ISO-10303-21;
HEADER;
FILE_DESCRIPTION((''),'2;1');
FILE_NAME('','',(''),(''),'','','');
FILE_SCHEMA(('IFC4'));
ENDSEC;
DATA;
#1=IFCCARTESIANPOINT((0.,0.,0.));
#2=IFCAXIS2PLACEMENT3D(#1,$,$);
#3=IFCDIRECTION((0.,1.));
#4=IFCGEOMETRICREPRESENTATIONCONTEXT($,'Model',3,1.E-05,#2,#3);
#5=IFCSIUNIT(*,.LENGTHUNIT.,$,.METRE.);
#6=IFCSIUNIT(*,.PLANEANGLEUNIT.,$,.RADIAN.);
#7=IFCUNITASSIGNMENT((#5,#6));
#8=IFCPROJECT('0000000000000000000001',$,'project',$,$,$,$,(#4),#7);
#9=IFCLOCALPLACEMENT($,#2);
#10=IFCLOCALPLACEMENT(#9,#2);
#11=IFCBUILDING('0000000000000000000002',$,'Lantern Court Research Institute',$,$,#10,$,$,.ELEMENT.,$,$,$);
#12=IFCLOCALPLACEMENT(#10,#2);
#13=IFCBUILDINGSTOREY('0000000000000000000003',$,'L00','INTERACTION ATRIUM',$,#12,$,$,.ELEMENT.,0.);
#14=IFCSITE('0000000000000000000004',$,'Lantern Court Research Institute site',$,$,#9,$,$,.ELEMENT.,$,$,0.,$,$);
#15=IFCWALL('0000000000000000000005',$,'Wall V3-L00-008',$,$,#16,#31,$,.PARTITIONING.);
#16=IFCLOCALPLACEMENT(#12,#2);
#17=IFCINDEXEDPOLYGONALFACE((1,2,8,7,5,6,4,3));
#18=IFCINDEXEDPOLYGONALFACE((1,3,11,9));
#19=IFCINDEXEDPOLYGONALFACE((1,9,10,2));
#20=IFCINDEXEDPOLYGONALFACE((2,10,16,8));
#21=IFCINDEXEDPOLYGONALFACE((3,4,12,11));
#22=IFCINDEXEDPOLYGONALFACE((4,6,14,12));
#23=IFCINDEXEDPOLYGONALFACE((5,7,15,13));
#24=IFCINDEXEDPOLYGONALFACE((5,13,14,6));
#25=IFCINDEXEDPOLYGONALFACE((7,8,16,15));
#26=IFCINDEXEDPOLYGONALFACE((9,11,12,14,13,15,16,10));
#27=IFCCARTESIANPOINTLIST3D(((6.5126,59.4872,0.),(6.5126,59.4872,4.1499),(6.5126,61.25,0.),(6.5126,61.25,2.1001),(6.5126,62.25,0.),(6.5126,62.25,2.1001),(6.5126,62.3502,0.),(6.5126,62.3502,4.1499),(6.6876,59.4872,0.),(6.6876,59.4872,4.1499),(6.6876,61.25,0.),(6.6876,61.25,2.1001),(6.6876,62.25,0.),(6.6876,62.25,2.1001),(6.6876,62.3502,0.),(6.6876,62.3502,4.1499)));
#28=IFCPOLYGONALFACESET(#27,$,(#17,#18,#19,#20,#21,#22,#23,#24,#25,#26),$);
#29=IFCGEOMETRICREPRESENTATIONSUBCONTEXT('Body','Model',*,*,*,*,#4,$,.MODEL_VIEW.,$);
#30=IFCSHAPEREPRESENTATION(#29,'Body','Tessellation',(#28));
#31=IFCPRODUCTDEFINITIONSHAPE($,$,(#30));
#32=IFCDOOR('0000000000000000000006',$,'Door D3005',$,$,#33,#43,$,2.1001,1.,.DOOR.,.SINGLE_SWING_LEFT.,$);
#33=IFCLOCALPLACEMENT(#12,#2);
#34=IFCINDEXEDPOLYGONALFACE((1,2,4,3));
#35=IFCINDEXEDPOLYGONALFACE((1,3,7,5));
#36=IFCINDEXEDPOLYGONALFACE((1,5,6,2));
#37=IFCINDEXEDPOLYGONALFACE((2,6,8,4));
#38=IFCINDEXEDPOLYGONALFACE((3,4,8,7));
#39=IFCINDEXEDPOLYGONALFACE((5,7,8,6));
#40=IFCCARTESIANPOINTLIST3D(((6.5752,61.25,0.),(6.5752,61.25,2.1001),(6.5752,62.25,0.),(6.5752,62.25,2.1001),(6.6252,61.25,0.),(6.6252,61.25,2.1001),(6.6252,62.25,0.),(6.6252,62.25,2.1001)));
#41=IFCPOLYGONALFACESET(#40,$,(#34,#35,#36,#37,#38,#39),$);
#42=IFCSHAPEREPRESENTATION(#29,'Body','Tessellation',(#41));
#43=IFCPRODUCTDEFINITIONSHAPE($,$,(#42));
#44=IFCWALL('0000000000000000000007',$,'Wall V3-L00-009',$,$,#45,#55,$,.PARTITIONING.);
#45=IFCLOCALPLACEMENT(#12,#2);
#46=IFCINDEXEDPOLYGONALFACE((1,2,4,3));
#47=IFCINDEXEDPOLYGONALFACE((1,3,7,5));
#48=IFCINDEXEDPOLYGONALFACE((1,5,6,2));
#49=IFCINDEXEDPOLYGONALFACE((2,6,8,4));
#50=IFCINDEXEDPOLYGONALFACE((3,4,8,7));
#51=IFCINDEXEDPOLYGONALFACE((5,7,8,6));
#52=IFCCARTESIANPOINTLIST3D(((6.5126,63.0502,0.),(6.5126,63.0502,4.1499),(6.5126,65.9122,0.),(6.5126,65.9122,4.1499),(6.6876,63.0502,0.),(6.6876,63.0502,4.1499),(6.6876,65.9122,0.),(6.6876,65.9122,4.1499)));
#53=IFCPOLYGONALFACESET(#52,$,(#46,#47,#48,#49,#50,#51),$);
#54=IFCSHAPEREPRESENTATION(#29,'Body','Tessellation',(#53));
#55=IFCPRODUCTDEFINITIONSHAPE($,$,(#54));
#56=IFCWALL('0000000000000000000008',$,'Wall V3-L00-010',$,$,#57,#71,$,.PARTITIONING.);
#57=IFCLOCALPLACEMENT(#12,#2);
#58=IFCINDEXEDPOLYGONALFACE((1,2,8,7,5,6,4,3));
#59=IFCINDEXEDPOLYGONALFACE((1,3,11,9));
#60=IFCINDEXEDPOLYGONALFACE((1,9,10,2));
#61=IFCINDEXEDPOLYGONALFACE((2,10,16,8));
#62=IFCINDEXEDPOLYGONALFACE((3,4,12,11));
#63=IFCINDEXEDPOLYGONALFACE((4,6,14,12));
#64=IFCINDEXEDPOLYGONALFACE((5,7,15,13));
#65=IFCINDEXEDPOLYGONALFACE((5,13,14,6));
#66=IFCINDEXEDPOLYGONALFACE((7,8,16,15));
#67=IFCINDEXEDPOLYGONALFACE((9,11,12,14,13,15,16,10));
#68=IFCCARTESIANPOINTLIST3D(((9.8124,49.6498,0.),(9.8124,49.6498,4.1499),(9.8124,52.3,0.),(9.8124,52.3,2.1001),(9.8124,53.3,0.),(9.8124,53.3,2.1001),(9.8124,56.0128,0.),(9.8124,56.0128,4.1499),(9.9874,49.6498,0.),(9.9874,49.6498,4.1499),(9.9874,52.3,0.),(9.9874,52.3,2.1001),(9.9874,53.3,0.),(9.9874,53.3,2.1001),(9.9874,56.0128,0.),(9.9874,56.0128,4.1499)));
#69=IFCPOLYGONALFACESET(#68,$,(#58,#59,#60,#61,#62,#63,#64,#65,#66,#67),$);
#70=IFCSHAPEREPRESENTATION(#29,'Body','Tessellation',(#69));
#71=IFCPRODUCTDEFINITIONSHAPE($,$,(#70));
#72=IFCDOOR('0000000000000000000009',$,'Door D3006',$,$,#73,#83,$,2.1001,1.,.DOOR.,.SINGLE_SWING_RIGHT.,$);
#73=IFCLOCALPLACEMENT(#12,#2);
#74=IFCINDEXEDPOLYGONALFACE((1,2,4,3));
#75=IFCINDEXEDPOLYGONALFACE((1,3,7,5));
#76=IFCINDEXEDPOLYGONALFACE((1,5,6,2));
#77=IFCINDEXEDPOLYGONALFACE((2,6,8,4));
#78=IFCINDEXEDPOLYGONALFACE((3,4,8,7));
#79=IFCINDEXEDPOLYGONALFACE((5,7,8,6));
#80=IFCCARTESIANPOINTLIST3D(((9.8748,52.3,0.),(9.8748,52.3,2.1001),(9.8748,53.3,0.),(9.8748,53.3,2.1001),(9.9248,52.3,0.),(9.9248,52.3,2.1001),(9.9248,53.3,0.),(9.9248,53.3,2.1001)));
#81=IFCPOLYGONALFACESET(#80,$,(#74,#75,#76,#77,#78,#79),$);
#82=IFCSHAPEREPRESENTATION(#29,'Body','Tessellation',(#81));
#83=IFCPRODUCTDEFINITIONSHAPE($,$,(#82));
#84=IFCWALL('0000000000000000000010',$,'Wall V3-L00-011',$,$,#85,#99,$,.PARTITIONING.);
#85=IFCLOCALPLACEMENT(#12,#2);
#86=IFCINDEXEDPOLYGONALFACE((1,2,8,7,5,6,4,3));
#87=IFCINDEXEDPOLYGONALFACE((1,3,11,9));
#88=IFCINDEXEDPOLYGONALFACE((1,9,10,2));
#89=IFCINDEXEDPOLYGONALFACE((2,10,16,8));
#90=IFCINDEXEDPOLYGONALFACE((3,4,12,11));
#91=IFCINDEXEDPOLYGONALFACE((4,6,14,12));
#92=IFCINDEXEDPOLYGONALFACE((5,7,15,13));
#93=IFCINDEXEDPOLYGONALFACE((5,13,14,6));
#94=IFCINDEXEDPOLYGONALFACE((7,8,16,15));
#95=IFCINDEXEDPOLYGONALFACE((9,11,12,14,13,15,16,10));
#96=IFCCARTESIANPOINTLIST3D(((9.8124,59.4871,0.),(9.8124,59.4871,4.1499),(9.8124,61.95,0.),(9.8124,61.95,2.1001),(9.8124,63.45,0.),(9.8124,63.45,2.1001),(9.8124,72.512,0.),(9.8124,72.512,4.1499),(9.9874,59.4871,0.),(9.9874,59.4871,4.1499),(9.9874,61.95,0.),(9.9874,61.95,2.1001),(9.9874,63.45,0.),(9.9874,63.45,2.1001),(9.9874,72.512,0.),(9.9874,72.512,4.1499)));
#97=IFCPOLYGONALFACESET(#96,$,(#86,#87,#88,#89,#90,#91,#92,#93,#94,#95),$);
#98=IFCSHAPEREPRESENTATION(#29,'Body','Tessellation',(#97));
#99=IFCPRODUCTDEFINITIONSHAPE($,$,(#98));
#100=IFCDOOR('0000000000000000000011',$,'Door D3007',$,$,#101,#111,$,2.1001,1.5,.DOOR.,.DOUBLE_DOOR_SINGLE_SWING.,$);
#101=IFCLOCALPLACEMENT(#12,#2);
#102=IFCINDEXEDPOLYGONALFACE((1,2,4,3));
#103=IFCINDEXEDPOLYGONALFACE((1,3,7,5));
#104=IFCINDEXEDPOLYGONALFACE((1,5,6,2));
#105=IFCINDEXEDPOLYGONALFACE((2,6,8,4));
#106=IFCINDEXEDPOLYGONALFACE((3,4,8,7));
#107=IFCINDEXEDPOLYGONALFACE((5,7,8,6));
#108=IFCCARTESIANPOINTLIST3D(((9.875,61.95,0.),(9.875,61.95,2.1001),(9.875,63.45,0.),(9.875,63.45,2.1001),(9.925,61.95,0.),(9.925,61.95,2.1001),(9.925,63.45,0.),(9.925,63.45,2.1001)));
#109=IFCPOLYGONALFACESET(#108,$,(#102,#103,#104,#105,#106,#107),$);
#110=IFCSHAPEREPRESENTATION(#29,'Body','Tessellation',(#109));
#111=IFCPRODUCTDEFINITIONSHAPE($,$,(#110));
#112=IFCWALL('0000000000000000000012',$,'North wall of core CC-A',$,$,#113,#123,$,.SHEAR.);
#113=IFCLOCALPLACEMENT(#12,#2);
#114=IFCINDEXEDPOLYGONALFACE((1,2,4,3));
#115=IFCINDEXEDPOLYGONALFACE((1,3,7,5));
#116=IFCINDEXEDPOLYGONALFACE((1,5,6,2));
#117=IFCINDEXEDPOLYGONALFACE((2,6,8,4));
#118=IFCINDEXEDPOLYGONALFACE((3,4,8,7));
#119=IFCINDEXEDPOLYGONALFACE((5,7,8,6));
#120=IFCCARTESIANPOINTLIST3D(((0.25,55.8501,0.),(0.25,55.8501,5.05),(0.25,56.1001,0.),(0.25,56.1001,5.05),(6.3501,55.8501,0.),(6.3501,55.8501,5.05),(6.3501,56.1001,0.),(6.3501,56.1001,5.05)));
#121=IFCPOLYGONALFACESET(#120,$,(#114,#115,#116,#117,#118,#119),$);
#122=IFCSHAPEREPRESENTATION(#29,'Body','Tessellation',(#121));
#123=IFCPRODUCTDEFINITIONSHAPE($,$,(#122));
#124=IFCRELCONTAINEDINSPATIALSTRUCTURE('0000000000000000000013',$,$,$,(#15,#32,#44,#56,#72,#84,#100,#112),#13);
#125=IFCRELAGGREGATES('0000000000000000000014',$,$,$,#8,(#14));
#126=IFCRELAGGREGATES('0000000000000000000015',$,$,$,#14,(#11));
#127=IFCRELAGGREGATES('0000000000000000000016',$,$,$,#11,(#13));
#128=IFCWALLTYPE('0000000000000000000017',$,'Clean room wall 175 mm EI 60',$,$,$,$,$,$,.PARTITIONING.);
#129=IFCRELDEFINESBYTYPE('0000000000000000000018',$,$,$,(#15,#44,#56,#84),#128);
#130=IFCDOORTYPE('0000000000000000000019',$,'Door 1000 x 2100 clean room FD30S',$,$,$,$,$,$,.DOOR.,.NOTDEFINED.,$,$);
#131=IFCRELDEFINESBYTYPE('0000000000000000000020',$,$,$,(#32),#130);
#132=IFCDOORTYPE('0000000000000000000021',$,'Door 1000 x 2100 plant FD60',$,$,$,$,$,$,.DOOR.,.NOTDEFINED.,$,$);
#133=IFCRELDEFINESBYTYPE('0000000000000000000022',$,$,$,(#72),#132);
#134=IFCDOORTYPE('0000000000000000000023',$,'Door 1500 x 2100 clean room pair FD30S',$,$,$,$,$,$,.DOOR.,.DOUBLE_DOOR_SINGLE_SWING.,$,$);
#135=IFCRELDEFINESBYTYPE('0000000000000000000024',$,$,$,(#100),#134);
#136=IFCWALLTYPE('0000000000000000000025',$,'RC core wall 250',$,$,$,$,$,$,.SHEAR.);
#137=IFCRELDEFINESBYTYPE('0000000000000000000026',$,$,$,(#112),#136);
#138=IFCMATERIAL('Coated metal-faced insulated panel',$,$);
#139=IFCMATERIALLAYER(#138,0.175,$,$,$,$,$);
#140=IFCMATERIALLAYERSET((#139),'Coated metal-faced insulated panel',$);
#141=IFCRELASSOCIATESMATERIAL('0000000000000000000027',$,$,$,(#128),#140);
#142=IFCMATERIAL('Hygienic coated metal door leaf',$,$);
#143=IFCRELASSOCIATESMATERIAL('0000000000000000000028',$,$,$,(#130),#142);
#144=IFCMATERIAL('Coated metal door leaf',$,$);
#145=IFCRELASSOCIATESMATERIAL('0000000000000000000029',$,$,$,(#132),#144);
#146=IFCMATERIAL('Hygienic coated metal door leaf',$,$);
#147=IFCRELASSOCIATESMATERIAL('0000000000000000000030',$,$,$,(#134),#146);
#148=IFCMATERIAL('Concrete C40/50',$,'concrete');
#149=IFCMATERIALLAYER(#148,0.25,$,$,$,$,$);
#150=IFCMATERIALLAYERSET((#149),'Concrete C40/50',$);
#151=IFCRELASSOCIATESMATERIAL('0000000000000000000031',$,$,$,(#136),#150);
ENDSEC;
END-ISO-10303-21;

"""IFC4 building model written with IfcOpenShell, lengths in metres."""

from ifc_helpers import new_model, si_unit, direction, frame, frame_2d, origin, place, context, subcontext, project, spatial, rectangle, extrude, material, layer, layer_set, type_object, element, fill, save


model = new_model("IFC4")

# Units and contexts
model_context = context("Model", 3, precision=1e-05, world=origin(), true_north=direction((0.0, 1.0)))
body_context = subcontext(model_context, "Body", "Model", "MODEL_VIEW")
ifc_project = project(units=[si_unit("LENGTHUNIT", "METRE"), si_unit("PLANEANGLEUNIT", "RADIAN")], contexts=[model_context])

# Site, building, storey
site_placement = place(None, origin())
site = spatial("IfcSite", under=ifc_project, at=site_placement, Name="Lantern Court Research Institute site", CompositionType="ELEMENT", RefElevation=0.0)
building_placement = place(site_placement, origin())
building = spatial("IfcBuilding", under=site, at=building_placement, Name="Lantern Court Research Institute", CompositionType="ELEMENT")
storey_placement = place(building_placement, origin())
storey = spatial("IfcBuildingStorey", under=building, at=storey_placement, Name="L00", Description="INTERACTION ATRIUM", CompositionType="ELEMENT", Elevation=0.0)

# Shared definitions
ifc_material_1 = material(Name="Coated metal-faced insulated panel")
ifc_layer_1 = layer(ifc_material_1, 0.175)
ifc_layer_set_1 = layer_set([ifc_layer_1], Name="Coated metal-faced insulated panel")
wall_type_1 = type_object("IfcWallType", Name="Clean room wall 175 mm EI 60", PredefinedType="PARTITIONING", material=ifc_layer_set_1)

# Wall, opening, door
wall_1_placement = place(storey_placement, frame((6.6001, 59.4871, 0.0), z_axis=(0.0, 0.0, 1.0), x_axis=(0.0, 1.0, 0.0)))
wall_1 = element("IfcWall", 1, at=wall_1_placement, inside=storey, type_object=wall_type_1, Name="Wall V3-L00-008", PredefinedType="PARTITIONING", context=body_context, shape_type="SweptSolid", body=[
    extrude(rectangle(XDim=2.863, YDim=0.175, at=frame_2d((1.4316, 0.0))), origin(), (0.0, 0.0, 1.0), 4.1499),
])
opening_1_placement = place(wall_1_placement, frame((1.7629, 0.0, 0.0)))
opening_1 = element("IfcOpeningElement", 2, at=opening_1_placement, cuts=wall_1, PredefinedType="OPENING", context=body_context, shape_type="SweptSolid", body=[
    extrude(rectangle(XDim=1.0, YDim=2.1001, at=frame_2d((0.5, 1.05))), frame((0.0, 0.0974, 0.0), z_axis=(0.0, -1.0, 0.0), x_axis=(1.0, 0.0, 0.0)), (0.0, 0.0, 1.0), 0.1951),
])
ifc_material_2 = material(Name="Hygienic coated metal door leaf")
door_type_1 = type_object("IfcDoorType", Name="Door 1000 x 2100 clean room FD30S", OperationType="NOTDEFINED", PredefinedType="DOOR", material=ifc_material_2)
door_1_placement = place(opening_1_placement, origin())
door_1 = element("IfcDoor", 3, at=door_1_placement, inside=storey, type_object=door_type_1, Name="Door D3005", OperationType="SINGLE_SWING_LEFT", OverallHeight=2.1001, OverallWidth=1.0, PredefinedType="DOOR", context=body_context, shape_type="SweptSolid", body=[
    extrude(rectangle(XDim=1.0, YDim=2.1001, at=frame_2d((0.5, 1.05))), frame((0.0, 0.0249, 0.0), z_axis=(0.0, -1.0, 0.0), x_axis=(1.0, 0.0, 0.0)), (0.0, 0.0, 1.0), 0.05),
])
fill(opening_1, door_1)

# Wall
wall_2_placement = place(storey_placement, frame((6.6001, 63.05, 0.0), z_axis=(0.0, 0.0, 1.0), x_axis=(0.0, 1.0, 0.0)))
element("IfcWall", 4, at=wall_2_placement, inside=storey, type_object=wall_type_1, Name="Wall V3-L00-009", PredefinedType="PARTITIONING", context=body_context, shape_type="SweptSolid", body=[
    extrude(rectangle(XDim=2.8621, YDim=0.175, at=frame_2d((1.4312, 0.0))), origin(), (0.0, 0.0, 1.0), 4.1499),
])

# Walls, openings, doors
wall_3_placement = place(storey_placement, frame((9.8999, 56.0129, 0.0), z_axis=(0.0, 0.0, 1.0), x_axis=(0.0, -1.0, 0.0)))
wall_3 = element("IfcWall", 5, at=wall_3_placement, inside=storey, type_object=wall_type_1, Name="Wall V3-L00-010", PredefinedType="PARTITIONING", context=body_context, shape_type="SweptSolid", body=[
    extrude(rectangle(XDim=6.363, YDim=0.175, at=frame_2d((3.1816, 0.0))), origin(), (0.0, 0.0, 1.0), 4.1499),
])
opening_2_placement = place(wall_3_placement, frame((2.7129, 0.0, 0.0)))
opening_2 = element("IfcOpeningElement", 6, at=opening_2_placement, cuts=wall_3, PredefinedType="OPENING", context=body_context, shape_type="SweptSolid", body=[
    extrude(rectangle(XDim=1.0, YDim=2.1001, at=frame_2d((0.5, 1.05))), frame((0.0, 0.0974, 0.0), z_axis=(0.0, -1.0, 0.0), x_axis=(1.0, 0.0, 0.0)), (0.0, 0.0, 1.0), 0.1951),
])
ifc_material_3 = material(Name="Coated metal door leaf")
door_type_2 = type_object("IfcDoorType", Name="Door 1000 x 2100 plant FD60", OperationType="NOTDEFINED", PredefinedType="DOOR", material=ifc_material_3)
door_2_placement = place(opening_2_placement, origin())
door_2 = element("IfcDoor", 7, at=door_2_placement, inside=storey, type_object=door_type_2, Name="Door D3006", OperationType="SINGLE_SWING_RIGHT", OverallHeight=2.1001, OverallWidth=1.0, PredefinedType="DOOR", context=body_context, shape_type="SweptSolid", body=[
    extrude(rectangle(XDim=1.0, YDim=2.1001, at=frame_2d((0.5, 1.05))), frame((0.0, 0.0249, 0.0), z_axis=(0.0, -1.0, 0.0), x_axis=(1.0, 0.0, 0.0)), (0.0, 0.0, 1.0), 0.05),
])
fill(opening_2, door_2)
wall_4_placement = place(storey_placement, frame((9.8999, 59.4871, 0.0), z_axis=(0.0, 0.0, 1.0), x_axis=(0.0, 1.0, 0.0)))
wall_4 = element("IfcWall", 8, at=wall_4_placement, inside=storey, type_object=wall_type_1, Name="Wall V3-L00-011", PredefinedType="PARTITIONING", context=body_context, shape_type="SweptSolid", body=[
    extrude(rectangle(XDim=13.0249, YDim=0.175, at=frame_2d((6.5125, 0.0))), origin(), (0.0, 0.0, 1.0), 4.1499),
])
opening_3_placement = place(wall_4_placement, frame((2.4629, 0.0, 0.0)))
opening_3 = element("IfcOpeningElement", 9, at=opening_3_placement, cuts=wall_4, PredefinedType="OPENING", context=body_context, shape_type="SweptSolid", body=[
    extrude(rectangle(XDim=1.5, YDim=2.1001, at=frame_2d((0.75, 1.05))), frame((0.0, 0.0974, 0.0), z_axis=(0.0, -1.0, 0.0), x_axis=(1.0, 0.0, 0.0)), (0.0, 0.0, 1.0), 0.1951),
])
ifc_material_4 = material(Name="Hygienic coated metal door leaf")
door_type_3 = type_object("IfcDoorType", Name="Door 1500 x 2100 clean room pair FD30S", OperationType="DOUBLE_DOOR_SINGLE_SWING", PredefinedType="DOOR", material=ifc_material_4)
door_3_placement = place(opening_3_placement, origin())
door_3 = element("IfcDoor", 10, at=door_3_placement, inside=storey, type_object=door_type_3, Name="Door D3007", OperationType="DOUBLE_DOOR_SINGLE_SWING", OverallHeight=2.1001, OverallWidth=1.5, PredefinedType="DOOR", context=body_context, shape_type="SweptSolid", body=[
    extrude(rectangle(XDim=1.5, YDim=2.1001, at=frame_2d((0.75, 1.05))), frame((0.0, 0.0249, 0.0), z_axis=(0.0, -1.0, 0.0), x_axis=(1.0, 0.0, 0.0)), (0.0, 0.0, 1.0), 0.05),
])
fill(opening_3, door_3)

# Wall
ifc_material_5 = material(Name="Concrete C40/50", Category="concrete")
ifc_layer_2 = layer(ifc_material_5, 0.25)
ifc_layer_set_2 = layer_set([ifc_layer_2], Name="Concrete C40/50")
wall_type_2 = type_object("IfcWallType", Name="RC core wall 250", PredefinedType="SHEAR", material=ifc_layer_set_2)
wall_5_placement = place(storey_placement, frame((6.3501, 55.9751, 0.0), z_axis=(0.0, 0.0, 1.0), x_axis=(-1.0, 0.0, 0.0)))
element("IfcWall", 11, at=wall_5_placement, inside=storey, type_object=wall_type_2, Name="North wall of core CC-A", PredefinedType="SHEAR", context=body_context, shape_type="SweptSolid", body=[
    extrude(rectangle(XDim=6.1001, YDim=0.25, at=frame_2d((3.05, 0.0))), origin(), (0.0, 0.0, 1.0), 5.05),
])

save(model, "model.ifc")
